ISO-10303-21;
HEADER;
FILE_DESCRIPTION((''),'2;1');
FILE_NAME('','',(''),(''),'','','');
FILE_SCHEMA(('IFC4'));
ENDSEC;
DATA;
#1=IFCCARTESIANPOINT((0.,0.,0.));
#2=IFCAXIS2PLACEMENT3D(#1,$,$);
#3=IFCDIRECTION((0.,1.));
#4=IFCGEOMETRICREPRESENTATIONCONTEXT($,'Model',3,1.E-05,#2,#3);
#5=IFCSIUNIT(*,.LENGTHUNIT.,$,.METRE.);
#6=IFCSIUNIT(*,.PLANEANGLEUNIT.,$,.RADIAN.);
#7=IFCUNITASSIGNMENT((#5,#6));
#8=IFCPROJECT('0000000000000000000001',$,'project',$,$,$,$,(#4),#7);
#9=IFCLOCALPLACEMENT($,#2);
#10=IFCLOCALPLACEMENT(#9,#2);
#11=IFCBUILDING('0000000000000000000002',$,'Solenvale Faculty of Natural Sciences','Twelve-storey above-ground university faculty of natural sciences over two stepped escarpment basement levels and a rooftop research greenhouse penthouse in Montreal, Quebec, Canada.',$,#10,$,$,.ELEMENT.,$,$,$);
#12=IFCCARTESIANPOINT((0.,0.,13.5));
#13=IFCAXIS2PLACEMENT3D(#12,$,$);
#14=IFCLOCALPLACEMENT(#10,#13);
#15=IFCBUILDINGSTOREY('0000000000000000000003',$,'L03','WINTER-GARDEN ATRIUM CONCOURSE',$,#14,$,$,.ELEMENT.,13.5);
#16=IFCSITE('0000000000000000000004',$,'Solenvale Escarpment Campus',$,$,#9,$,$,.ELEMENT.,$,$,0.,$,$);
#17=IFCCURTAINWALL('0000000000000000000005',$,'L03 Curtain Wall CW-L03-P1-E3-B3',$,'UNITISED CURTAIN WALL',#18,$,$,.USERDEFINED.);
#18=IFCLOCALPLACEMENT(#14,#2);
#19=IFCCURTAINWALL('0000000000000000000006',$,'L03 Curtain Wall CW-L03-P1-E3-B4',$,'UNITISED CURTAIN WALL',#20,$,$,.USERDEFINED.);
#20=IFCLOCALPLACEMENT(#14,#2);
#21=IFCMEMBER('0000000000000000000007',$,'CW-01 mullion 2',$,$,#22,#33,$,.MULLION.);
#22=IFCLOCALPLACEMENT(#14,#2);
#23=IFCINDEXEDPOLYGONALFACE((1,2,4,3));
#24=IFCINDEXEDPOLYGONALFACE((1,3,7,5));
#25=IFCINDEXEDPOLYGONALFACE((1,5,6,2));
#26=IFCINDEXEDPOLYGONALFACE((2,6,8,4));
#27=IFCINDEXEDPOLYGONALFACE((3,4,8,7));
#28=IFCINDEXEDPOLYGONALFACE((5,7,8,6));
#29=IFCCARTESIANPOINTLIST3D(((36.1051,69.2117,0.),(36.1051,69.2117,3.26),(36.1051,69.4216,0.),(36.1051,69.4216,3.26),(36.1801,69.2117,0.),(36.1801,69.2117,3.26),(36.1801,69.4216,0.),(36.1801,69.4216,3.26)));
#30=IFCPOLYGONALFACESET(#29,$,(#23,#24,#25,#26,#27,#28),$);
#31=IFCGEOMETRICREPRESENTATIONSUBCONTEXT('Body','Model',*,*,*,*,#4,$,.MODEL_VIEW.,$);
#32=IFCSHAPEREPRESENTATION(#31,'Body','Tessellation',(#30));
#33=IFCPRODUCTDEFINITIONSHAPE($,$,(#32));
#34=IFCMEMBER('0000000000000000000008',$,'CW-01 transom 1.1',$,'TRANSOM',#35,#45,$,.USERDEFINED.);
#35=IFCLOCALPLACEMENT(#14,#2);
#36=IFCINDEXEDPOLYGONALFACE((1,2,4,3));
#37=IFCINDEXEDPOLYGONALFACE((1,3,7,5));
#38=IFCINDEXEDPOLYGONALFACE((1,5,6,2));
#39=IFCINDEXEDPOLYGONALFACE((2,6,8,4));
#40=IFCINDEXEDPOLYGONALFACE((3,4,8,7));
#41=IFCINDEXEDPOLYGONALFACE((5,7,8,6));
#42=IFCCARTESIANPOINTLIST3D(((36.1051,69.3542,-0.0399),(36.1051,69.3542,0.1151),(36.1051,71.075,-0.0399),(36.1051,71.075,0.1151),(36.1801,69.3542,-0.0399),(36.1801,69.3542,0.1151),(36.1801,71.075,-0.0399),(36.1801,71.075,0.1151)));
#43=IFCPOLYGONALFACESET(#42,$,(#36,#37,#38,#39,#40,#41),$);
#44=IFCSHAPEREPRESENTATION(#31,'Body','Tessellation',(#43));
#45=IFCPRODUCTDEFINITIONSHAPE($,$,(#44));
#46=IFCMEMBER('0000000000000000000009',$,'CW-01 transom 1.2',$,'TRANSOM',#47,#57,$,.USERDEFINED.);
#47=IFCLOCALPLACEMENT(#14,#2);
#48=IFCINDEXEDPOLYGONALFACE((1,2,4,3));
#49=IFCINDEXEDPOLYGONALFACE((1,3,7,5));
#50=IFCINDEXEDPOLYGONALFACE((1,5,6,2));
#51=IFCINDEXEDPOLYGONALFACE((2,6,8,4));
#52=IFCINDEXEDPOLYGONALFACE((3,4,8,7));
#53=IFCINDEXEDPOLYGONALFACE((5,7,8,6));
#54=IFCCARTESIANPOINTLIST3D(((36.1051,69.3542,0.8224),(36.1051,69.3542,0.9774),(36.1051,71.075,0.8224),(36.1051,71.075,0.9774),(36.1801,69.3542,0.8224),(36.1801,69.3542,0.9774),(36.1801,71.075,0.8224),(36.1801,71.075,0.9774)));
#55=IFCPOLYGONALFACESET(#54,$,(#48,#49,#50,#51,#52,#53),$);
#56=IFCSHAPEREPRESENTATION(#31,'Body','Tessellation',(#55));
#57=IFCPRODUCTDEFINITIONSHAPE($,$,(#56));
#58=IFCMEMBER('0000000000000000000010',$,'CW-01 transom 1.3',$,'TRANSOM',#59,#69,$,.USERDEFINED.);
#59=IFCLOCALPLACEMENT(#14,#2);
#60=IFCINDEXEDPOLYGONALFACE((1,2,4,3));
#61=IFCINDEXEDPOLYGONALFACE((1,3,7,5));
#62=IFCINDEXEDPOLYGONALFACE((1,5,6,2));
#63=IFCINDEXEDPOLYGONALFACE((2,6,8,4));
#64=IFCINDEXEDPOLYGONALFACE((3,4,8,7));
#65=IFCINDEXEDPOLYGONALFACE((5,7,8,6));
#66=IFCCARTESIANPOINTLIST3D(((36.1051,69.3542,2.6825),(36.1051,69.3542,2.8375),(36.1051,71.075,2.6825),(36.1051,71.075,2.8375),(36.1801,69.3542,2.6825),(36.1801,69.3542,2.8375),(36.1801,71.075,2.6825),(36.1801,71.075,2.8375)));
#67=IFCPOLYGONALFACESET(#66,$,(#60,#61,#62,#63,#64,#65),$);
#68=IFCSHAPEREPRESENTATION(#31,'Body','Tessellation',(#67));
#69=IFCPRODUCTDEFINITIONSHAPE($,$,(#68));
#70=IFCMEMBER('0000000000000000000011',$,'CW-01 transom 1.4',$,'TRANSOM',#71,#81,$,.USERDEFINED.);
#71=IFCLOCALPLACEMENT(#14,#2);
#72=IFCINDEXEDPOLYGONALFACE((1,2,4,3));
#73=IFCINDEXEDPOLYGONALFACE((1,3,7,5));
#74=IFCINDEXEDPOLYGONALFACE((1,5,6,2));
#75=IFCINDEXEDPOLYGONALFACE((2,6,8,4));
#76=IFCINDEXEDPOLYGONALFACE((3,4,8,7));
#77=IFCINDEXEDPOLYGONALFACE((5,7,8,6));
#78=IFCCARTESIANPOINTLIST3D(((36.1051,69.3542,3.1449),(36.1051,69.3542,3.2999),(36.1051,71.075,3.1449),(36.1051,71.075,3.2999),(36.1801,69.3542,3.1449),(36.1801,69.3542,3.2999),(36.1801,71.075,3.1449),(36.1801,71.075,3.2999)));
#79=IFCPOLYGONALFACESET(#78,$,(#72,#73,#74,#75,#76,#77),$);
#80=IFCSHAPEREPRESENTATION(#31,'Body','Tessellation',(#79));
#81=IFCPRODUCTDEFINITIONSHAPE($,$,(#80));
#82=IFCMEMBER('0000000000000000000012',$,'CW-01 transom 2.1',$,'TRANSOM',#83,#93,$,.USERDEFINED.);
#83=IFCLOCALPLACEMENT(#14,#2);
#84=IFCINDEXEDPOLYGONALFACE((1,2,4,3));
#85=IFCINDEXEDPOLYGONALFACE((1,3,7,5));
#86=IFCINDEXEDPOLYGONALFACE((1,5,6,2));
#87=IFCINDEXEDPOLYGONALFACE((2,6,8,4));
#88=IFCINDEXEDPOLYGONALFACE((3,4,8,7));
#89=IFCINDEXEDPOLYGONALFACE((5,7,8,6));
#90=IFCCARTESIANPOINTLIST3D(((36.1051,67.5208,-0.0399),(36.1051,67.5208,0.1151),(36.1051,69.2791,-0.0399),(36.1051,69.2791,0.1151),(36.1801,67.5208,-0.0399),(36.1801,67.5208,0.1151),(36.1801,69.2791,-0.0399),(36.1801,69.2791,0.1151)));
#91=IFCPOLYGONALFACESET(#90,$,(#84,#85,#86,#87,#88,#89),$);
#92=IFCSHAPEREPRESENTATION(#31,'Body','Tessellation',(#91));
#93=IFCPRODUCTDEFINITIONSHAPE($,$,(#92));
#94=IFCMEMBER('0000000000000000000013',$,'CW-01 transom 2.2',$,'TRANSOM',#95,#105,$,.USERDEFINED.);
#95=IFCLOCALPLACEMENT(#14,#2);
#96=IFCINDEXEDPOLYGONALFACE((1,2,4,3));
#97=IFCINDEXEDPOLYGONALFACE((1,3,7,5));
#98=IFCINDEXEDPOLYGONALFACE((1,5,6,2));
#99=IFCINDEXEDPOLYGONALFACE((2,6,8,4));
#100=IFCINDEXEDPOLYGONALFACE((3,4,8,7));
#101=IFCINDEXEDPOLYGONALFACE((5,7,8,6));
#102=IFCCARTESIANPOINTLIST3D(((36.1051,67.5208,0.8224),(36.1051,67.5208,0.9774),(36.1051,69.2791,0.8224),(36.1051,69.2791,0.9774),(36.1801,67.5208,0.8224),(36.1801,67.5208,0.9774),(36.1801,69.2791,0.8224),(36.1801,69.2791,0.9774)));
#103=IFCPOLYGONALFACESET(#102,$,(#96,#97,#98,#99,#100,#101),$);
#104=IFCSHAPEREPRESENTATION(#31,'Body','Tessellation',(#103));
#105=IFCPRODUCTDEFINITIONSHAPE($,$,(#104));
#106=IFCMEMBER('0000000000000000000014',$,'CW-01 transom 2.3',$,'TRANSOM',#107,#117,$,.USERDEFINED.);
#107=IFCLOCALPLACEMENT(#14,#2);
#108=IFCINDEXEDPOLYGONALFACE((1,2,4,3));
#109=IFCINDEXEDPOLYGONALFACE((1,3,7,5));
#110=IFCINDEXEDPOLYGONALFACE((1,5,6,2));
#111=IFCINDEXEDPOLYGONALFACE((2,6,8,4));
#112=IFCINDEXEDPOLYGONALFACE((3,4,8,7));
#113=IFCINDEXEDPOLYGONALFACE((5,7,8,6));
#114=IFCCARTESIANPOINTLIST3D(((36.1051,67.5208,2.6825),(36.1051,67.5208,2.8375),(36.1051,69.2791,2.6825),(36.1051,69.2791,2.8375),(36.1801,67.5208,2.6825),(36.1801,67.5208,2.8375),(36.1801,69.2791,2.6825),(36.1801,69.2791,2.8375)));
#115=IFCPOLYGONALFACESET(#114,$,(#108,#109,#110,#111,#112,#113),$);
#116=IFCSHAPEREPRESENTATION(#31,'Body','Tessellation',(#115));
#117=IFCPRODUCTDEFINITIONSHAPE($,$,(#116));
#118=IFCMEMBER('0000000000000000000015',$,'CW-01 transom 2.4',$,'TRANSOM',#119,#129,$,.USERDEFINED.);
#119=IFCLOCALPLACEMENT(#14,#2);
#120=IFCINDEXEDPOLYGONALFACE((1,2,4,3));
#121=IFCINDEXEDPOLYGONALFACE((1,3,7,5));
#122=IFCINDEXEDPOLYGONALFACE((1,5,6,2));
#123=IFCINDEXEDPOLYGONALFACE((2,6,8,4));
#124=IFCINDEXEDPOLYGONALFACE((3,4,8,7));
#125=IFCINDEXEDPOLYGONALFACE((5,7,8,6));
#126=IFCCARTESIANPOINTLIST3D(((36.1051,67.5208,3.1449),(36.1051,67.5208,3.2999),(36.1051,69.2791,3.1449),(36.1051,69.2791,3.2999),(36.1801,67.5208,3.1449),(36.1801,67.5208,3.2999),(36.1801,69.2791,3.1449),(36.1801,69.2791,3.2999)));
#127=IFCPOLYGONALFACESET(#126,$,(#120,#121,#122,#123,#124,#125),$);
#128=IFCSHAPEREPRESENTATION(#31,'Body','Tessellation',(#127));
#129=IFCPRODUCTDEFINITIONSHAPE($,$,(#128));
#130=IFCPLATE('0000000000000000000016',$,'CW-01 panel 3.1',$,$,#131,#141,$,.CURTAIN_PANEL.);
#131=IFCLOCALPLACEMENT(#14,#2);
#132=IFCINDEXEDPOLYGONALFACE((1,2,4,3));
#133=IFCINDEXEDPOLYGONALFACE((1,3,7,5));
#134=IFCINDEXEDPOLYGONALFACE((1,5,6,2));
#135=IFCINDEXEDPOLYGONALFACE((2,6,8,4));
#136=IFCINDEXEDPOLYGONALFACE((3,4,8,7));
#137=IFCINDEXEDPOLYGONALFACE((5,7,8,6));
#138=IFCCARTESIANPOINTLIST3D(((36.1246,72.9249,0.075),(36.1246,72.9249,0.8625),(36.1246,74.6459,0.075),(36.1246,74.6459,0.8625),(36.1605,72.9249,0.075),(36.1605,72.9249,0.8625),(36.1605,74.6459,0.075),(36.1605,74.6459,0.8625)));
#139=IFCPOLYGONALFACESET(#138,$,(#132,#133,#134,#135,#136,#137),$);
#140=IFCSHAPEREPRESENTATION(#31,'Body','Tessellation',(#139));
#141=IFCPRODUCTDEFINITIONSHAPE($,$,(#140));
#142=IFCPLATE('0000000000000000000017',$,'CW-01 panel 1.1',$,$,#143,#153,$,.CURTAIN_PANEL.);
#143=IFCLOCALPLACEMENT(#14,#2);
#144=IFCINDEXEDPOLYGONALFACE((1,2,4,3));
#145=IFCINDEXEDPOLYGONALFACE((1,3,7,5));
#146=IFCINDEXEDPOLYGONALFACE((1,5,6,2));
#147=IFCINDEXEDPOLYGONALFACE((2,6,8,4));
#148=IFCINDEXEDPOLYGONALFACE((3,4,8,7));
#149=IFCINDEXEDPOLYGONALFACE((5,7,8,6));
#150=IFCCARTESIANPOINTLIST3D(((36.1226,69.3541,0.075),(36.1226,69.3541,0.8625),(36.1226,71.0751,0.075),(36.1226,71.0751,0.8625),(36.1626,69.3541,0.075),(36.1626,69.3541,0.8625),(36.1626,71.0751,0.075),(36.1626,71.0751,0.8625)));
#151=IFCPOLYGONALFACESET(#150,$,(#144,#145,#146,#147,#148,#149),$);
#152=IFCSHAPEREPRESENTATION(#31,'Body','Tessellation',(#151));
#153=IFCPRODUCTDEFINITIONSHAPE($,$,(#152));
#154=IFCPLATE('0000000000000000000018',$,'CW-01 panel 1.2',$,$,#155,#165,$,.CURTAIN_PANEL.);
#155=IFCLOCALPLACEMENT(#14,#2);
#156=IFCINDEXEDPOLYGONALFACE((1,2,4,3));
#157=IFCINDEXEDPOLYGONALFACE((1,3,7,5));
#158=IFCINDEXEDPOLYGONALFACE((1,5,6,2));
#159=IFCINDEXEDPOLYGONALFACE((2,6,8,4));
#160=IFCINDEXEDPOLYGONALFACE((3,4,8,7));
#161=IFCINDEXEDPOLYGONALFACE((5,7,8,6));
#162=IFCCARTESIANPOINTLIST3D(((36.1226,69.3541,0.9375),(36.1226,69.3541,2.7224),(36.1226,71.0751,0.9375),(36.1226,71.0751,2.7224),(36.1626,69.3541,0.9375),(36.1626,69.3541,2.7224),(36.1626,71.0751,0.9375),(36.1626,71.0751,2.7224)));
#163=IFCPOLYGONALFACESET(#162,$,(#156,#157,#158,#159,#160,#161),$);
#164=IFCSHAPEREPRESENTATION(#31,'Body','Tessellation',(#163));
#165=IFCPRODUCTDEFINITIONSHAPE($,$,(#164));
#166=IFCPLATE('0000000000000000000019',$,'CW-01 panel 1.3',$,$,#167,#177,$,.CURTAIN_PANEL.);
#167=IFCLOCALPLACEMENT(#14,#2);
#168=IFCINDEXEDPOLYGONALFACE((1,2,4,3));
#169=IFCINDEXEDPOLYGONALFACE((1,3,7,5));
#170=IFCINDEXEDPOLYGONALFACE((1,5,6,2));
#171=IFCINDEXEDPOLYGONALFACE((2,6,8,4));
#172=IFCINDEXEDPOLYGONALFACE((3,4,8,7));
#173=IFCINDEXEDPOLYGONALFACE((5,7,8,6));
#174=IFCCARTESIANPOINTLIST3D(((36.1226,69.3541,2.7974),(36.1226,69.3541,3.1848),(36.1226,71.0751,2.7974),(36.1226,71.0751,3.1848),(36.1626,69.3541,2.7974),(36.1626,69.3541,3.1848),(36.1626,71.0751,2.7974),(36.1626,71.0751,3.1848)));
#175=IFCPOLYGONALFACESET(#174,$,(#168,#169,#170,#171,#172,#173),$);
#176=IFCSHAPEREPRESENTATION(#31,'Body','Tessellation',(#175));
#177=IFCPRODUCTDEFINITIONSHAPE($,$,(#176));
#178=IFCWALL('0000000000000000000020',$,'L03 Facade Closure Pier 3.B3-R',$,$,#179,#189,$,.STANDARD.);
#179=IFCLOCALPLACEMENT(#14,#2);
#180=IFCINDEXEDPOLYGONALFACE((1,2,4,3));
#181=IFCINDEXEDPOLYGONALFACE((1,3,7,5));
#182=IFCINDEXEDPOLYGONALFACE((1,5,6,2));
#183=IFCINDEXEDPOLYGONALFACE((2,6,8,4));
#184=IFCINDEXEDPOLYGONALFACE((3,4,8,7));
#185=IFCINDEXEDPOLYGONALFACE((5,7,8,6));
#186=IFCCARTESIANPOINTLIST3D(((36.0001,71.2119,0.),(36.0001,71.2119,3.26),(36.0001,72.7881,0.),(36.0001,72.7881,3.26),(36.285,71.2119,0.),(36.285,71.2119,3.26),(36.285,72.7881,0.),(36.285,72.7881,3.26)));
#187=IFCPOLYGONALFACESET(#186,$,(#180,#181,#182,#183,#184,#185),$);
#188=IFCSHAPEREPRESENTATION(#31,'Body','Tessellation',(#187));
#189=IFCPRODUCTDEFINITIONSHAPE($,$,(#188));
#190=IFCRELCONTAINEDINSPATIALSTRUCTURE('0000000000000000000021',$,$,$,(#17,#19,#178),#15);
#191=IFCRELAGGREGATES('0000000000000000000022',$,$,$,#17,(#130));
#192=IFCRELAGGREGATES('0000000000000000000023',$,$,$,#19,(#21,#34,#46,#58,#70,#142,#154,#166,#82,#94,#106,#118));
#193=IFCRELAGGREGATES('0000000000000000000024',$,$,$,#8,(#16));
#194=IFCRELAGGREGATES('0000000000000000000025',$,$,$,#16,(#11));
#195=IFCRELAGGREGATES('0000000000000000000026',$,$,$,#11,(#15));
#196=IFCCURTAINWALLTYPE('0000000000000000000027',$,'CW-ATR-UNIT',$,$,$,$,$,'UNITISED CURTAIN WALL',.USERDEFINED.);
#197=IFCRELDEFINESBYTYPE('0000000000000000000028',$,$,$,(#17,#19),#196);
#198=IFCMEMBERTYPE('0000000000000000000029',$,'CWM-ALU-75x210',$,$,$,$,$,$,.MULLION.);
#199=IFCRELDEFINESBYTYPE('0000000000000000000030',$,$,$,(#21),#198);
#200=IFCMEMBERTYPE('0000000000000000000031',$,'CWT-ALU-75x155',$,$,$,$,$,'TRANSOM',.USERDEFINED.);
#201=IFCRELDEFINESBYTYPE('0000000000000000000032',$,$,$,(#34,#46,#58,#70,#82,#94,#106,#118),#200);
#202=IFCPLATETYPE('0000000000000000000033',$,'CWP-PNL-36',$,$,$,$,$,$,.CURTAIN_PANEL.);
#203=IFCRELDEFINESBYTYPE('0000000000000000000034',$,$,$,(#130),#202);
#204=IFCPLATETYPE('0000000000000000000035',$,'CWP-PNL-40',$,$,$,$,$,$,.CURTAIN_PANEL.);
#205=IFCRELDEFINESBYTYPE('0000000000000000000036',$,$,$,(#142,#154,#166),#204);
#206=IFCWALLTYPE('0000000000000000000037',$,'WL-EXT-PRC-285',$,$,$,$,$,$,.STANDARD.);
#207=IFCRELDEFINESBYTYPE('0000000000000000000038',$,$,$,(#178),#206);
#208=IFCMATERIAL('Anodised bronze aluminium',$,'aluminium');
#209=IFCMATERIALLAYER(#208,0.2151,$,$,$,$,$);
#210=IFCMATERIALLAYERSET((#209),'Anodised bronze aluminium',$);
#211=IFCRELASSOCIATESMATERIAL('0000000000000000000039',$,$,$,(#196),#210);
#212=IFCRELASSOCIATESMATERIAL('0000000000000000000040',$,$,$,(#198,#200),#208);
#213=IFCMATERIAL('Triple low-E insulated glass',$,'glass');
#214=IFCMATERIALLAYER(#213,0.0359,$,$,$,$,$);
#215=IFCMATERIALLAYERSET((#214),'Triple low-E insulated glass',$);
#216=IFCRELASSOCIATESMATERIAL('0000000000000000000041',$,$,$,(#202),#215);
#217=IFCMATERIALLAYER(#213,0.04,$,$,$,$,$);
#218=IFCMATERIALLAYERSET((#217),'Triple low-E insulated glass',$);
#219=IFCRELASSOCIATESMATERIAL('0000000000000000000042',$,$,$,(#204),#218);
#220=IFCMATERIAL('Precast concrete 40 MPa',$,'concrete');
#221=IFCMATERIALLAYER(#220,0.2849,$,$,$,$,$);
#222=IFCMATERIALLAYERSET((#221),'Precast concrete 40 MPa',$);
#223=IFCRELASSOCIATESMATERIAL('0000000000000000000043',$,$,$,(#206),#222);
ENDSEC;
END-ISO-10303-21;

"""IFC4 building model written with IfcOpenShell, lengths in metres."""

from ifc_helpers import new_model, si_unit, direction, frame, frame_2d, origin, origin_2d, place, context, subcontext, project, spatial, rectangle, extrude, material, layer, layer_set, material_profile, profile_set, type_object, element, aggregate, save


model = new_model("IFC4")

# Units and contexts
model_context = context("Model", 3, precision=1e-05, world=origin(), true_north=direction((0.0, 1.0)))
body_context = subcontext(model_context, "Body", "Model", "MODEL_VIEW")
ifc_project = project(units=[si_unit("LENGTHUNIT", "METRE"), si_unit("PLANEANGLEUNIT", "RADIAN")], contexts=[model_context])

# Site, building, storey
site_placement = place(None, origin())
site = spatial("IfcSite", under=ifc_project, at=site_placement, Name="Solenvale Escarpment Campus", CompositionType="ELEMENT", RefElevation=0.0)
building_placement = place(site_placement, origin())
building = spatial("IfcBuilding", under=site, at=building_placement, Name="Solenvale Faculty of Natural Sciences", Description="Twelve-storey above-ground university faculty of natural sciences over two stepped escarpment basement levels and a rooftop research greenhouse penthouse in Montreal, Quebec, Canada.", CompositionType="ELEMENT")
storey_placement = place(building_placement, frame((0.0, 0.0, 13.5)))
storey = spatial("IfcBuildingStorey", under=building, at=storey_placement, Name="L03", Description="WINTER-GARDEN ATRIUM CONCOURSE", CompositionType="ELEMENT", Elevation=13.5)

# Curtain wall
ifc_material_1 = material(Name="Anodised bronze aluminium", Category="aluminium")
ifc_layer_1 = layer(ifc_material_1, 0.2151)
ifc_layer_set_1 = layer_set([ifc_layer_1], Name="Anodised bronze aluminium")
curtain_wall_type = type_object("IfcCurtainWallType", Name="CW-ATR-UNIT", ElementType="UNITISED CURTAIN WALL", PredefinedType="USERDEFINED", material=ifc_layer_set_1)
curtain_wall_1_placement = place(storey_placement, origin())
curtain_wall_1 = element("IfcCurtainWall", 1, at=curtain_wall_1_placement, inside=storey, type_object=curtain_wall_type, Name="L03 Curtain Wall CW-L03-P1-E3-B3", ObjectType="UNITISED CURTAIN WALL", PredefinedType="USERDEFINED")
ifc_material_profile_1 = material_profile(ifc_material_1, rectangle(XDim=0.075, YDim=0.21, at=origin_2d()), Name="ALU-MUL-75x210")
ifc_profile_set_1 = profile_set([ifc_material_profile_1], Name="Anodised bronze aluminium")
member_type_1 = type_object("IfcMemberType", Name="CWM-ALU-75x210", PredefinedType="MULLION", material=ifc_profile_set_1)

# Curtain wall, members
curtain_wall_2_placement = place(storey_placement, origin())
curtain_wall_2 = element("IfcCurtainWall", 2, at=curtain_wall_2_placement, inside=storey, type_object=curtain_wall_type, Name="L03 Curtain Wall CW-L03-P1-E3-B4", ObjectType="UNITISED CURTAIN WALL", PredefinedType="USERDEFINED")
member_1_placement = place(storey_placement, frame((36.1426, 69.3167, 0.0), z_axis=(0.0, 0.0, 1.0), x_axis=(1.0, 0.0, 0.0)))
member_1 = element("IfcMember", 3, at=member_1_placement, type_object=member_type_1, Name="CW-01 mullion 2", PredefinedType="MULLION", context=body_context, shape_type="SweptSolid", body=[
    extrude(rectangle(XDim=0.075, YDim=0.21, at=origin_2d()), origin(), (0.0, 0.0, 1.0), 3.26),
])
ifc_material_profile_2 = material_profile(ifc_material_1, rectangle(XDim=0.075, YDim=0.155, at=origin_2d()), Name="ALU-TRN-75x155")
ifc_profile_set_2 = profile_set([ifc_material_profile_2], Name="Anodised bronze aluminium")
member_type_2 = type_object("IfcMemberType", Name="CWT-ALU-75x155", ElementType="TRANSOM", PredefinedType="USERDEFINED", material=ifc_profile_set_2)
member_2_placement = place(storey_placement, frame((36.1426, 71.075, 0.0376), z_axis=(0.0, -1.0, 0.0), x_axis=(1.0, 0.0, 0.0)))
member_2 = element("IfcMember", 4, at=member_2_placement, type_object=member_type_2, Name="CW-01 transom 1.1", ObjectType="TRANSOM", PredefinedType="USERDEFINED", context=body_context, shape_type="SweptSolid", body=[
    extrude(rectangle(XDim=0.075, YDim=0.155, at=origin_2d()), origin(), (0.0, 0.0, 1.0), 1.7207),
])
member_3_placement = place(storey_placement, frame((36.1426, 71.075, 0.8999), z_axis=(0.0, -1.0, 0.0), x_axis=(1.0, 0.0, 0.0)))
member_3 = element("IfcMember", 5, at=member_3_placement, type_object=member_type_2, Name="CW-01 transom 1.2", ObjectType="TRANSOM", PredefinedType="USERDEFINED", context=body_context, shape_type="SweptSolid", body=[
    extrude(rectangle(XDim=0.075, YDim=0.155, at=origin_2d()), origin(), (0.0, 0.0, 1.0), 1.7207),
])
member_4_placement = place(storey_placement, frame((36.1426, 71.075, 2.76), z_axis=(0.0, -1.0, 0.0), x_axis=(1.0, 0.0, 0.0)))
member_4 = element("IfcMember", 6, at=member_4_placement, type_object=member_type_2, Name="CW-01 transom 1.3", ObjectType="TRANSOM", PredefinedType="USERDEFINED", context=body_context, shape_type="SweptSolid", body=[
    extrude(rectangle(XDim=0.075, YDim=0.155, at=origin_2d()), origin(), (0.0, 0.0, 1.0), 1.7207),
])
member_5_placement = place(storey_placement, frame((36.1426, 71.075, 3.2224), z_axis=(0.0, -1.0, 0.0), x_axis=(1.0, 0.0, 0.0)))
member_5 = element("IfcMember", 7, at=member_5_placement, type_object=member_type_2, Name="CW-01 transom 1.4", ObjectType="TRANSOM", PredefinedType="USERDEFINED", context=body_context, shape_type="SweptSolid", body=[
    extrude(rectangle(XDim=0.075, YDim=0.155, at=origin_2d()), origin(), (0.0, 0.0, 1.0), 1.7207),
])
member_6_placement = place(storey_placement, frame((36.1426, 69.2791, 0.0376), z_axis=(0.0, -1.0, 0.0), x_axis=(1.0, 0.0, 0.0)))
member_6 = element("IfcMember", 8, at=member_6_placement, type_object=member_type_2, Name="CW-01 transom 2.1", ObjectType="TRANSOM", PredefinedType="USERDEFINED", context=body_context, shape_type="SweptSolid", body=[
    extrude(rectangle(XDim=0.075, YDim=0.155, at=origin_2d()), origin(), (0.0, 0.0, 1.0), 1.7583),
])
member_7_placement = place(storey_placement, frame((36.1426, 69.2791, 0.8999), z_axis=(0.0, -1.0, 0.0), x_axis=(1.0, 0.0, 0.0)))
member_7 = element("IfcMember", 9, at=member_7_placement, type_object=member_type_2, Name="CW-01 transom 2.2", ObjectType="TRANSOM", PredefinedType="USERDEFINED", context=body_context, shape_type="SweptSolid", body=[
    extrude(rectangle(XDim=0.075, YDim=0.155, at=origin_2d()), origin(), (0.0, 0.0, 1.0), 1.7583),
])
member_8_placement = place(storey_placement, frame((36.1426, 69.2791, 2.76), z_axis=(0.0, -1.0, 0.0), x_axis=(1.0, 0.0, 0.0)))
member_8 = element("IfcMember", 10, at=member_8_placement, type_object=member_type_2, Name="CW-01 transom 2.3", ObjectType="TRANSOM", PredefinedType="USERDEFINED", context=body_context, shape_type="SweptSolid", body=[
    extrude(rectangle(XDim=0.075, YDim=0.155, at=origin_2d()), origin(), (0.0, 0.0, 1.0), 1.7583),
])
member_9_placement = place(storey_placement, frame((36.1426, 69.2791, 3.2224), z_axis=(0.0, -1.0, 0.0), x_axis=(1.0, 0.0, 0.0)))
member_9 = element("IfcMember", 11, at=member_9_placement, type_object=member_type_2, Name="CW-01 transom 2.4", ObjectType="TRANSOM", PredefinedType="USERDEFINED", context=body_context, shape_type="SweptSolid", body=[
    extrude(rectangle(XDim=0.075, YDim=0.155, at=origin_2d()), origin(), (0.0, 0.0, 1.0), 1.7583),
])

# Plates
ifc_material_2 = material(Name="Triple low-E insulated glass", Category="glass")
ifc_layer_2 = layer(ifc_material_2, 0.0359)
ifc_layer_set_2 = layer_set([ifc_layer_2], Name="Triple low-E insulated glass")
plate_type_1 = type_object("IfcPlateType", Name="CWP-PNL-36", PredefinedType="CURTAIN_PANEL", material=ifc_layer_set_2)
plate_1_placement = place(storey_placement, frame((36.1426, 73.7854, 0.075), z_axis=(0.0, 0.0, 1.0), x_axis=(0.0, -1.0, 0.0)))
plate_1 = element("IfcPlate", 12, at=plate_1_placement, type_object=plate_type_1, Name="CW-01 panel 3.1", PredefinedType="CURTAIN_PANEL", context=body_context, shape_type="SweptSolid", body=[
    extrude(rectangle(XDim=1.7209, YDim=0.0359, at=origin_2d()), origin(), (0.0, 0.0, 1.0), 0.7876),
])
aggregate(curtain_wall_1, [plate_1])
ifc_layer_3 = layer(ifc_material_2, 0.04)
ifc_layer_set_3 = layer_set([ifc_layer_3], Name="Triple low-E insulated glass")
plate_type_2 = type_object("IfcPlateType", Name="CWP-PNL-40", PredefinedType="CURTAIN_PANEL", material=ifc_layer_set_3)
plate_2_placement = place(storey_placement, frame((36.1426, 70.2146, 0.075), z_axis=(0.0, 0.0, 1.0), x_axis=(0.0, -1.0, 0.0)))
plate_2 = element("IfcPlate", 13, at=plate_2_placement, type_object=plate_type_2, Name="CW-01 panel 1.1", PredefinedType="CURTAIN_PANEL", context=body_context, shape_type="SweptSolid", body=[
    extrude(rectangle(XDim=1.7209, YDim=0.04, at=origin_2d()), origin(), (0.0, 0.0, 1.0), 0.7876),
])
plate_3_placement = place(storey_placement, frame((36.1426, 70.2146, 0.9375), z_axis=(0.0, 0.0, 1.0), x_axis=(0.0, -1.0, 0.0)))
plate_3 = element("IfcPlate", 14, at=plate_3_placement, type_object=plate_type_2, Name="CW-01 panel 1.2", PredefinedType="CURTAIN_PANEL", context=body_context, shape_type="SweptSolid", body=[
    extrude(rectangle(XDim=1.7209, YDim=0.04, at=origin_2d()), origin(), (0.0, 0.0, 1.0), 1.7849),
])
plate_4_placement = place(storey_placement, frame((36.1426, 70.2146, 2.7974), z_axis=(0.0, 0.0, 1.0), x_axis=(0.0, -1.0, 0.0)))
plate_4 = element("IfcPlate", 15, at=plate_4_placement, type_object=plate_type_2, Name="CW-01 panel 1.3", PredefinedType="CURTAIN_PANEL", context=body_context, shape_type="SweptSolid", body=[
    extrude(rectangle(XDim=1.7209, YDim=0.04, at=origin_2d()), origin(), (0.0, 0.0, 1.0), 0.3875),
])
aggregate(curtain_wall_2, [member_1, member_2, member_3, member_4, member_5, plate_2, plate_3, plate_4, member_6, member_7, member_8, member_9])

# Wall
ifc_material_3 = material(Name="Precast concrete 40 MPa", Category="concrete")
ifc_layer_4 = layer(ifc_material_3, 0.2849)
ifc_layer_set_4 = layer_set([ifc_layer_4], Name="Precast concrete 40 MPa")
wall_type = type_object("IfcWallType", Name="WL-EXT-PRC-285", PredefinedType="STANDARD", material=ifc_layer_set_4)
wall_placement = place(storey_placement, frame((36.1426, 72.7881, 0.0), z_axis=(0.0, 0.0, 1.0), x_axis=(0.0, -1.0, 0.0)))
element("IfcWall", 16, at=wall_placement, inside=storey, type_object=wall_type, Name="L03 Facade Closure Pier 3.B3-R", PredefinedType="STANDARD", context=body_context, shape_type="SweptSolid", body=[
    extrude(rectangle(XDim=1.5762, YDim=0.2849, at=frame_2d((0.7881, 0.0))), origin(), (0.0, 0.0, 1.0), 3.26),
])

save(model, "model.ifc")
